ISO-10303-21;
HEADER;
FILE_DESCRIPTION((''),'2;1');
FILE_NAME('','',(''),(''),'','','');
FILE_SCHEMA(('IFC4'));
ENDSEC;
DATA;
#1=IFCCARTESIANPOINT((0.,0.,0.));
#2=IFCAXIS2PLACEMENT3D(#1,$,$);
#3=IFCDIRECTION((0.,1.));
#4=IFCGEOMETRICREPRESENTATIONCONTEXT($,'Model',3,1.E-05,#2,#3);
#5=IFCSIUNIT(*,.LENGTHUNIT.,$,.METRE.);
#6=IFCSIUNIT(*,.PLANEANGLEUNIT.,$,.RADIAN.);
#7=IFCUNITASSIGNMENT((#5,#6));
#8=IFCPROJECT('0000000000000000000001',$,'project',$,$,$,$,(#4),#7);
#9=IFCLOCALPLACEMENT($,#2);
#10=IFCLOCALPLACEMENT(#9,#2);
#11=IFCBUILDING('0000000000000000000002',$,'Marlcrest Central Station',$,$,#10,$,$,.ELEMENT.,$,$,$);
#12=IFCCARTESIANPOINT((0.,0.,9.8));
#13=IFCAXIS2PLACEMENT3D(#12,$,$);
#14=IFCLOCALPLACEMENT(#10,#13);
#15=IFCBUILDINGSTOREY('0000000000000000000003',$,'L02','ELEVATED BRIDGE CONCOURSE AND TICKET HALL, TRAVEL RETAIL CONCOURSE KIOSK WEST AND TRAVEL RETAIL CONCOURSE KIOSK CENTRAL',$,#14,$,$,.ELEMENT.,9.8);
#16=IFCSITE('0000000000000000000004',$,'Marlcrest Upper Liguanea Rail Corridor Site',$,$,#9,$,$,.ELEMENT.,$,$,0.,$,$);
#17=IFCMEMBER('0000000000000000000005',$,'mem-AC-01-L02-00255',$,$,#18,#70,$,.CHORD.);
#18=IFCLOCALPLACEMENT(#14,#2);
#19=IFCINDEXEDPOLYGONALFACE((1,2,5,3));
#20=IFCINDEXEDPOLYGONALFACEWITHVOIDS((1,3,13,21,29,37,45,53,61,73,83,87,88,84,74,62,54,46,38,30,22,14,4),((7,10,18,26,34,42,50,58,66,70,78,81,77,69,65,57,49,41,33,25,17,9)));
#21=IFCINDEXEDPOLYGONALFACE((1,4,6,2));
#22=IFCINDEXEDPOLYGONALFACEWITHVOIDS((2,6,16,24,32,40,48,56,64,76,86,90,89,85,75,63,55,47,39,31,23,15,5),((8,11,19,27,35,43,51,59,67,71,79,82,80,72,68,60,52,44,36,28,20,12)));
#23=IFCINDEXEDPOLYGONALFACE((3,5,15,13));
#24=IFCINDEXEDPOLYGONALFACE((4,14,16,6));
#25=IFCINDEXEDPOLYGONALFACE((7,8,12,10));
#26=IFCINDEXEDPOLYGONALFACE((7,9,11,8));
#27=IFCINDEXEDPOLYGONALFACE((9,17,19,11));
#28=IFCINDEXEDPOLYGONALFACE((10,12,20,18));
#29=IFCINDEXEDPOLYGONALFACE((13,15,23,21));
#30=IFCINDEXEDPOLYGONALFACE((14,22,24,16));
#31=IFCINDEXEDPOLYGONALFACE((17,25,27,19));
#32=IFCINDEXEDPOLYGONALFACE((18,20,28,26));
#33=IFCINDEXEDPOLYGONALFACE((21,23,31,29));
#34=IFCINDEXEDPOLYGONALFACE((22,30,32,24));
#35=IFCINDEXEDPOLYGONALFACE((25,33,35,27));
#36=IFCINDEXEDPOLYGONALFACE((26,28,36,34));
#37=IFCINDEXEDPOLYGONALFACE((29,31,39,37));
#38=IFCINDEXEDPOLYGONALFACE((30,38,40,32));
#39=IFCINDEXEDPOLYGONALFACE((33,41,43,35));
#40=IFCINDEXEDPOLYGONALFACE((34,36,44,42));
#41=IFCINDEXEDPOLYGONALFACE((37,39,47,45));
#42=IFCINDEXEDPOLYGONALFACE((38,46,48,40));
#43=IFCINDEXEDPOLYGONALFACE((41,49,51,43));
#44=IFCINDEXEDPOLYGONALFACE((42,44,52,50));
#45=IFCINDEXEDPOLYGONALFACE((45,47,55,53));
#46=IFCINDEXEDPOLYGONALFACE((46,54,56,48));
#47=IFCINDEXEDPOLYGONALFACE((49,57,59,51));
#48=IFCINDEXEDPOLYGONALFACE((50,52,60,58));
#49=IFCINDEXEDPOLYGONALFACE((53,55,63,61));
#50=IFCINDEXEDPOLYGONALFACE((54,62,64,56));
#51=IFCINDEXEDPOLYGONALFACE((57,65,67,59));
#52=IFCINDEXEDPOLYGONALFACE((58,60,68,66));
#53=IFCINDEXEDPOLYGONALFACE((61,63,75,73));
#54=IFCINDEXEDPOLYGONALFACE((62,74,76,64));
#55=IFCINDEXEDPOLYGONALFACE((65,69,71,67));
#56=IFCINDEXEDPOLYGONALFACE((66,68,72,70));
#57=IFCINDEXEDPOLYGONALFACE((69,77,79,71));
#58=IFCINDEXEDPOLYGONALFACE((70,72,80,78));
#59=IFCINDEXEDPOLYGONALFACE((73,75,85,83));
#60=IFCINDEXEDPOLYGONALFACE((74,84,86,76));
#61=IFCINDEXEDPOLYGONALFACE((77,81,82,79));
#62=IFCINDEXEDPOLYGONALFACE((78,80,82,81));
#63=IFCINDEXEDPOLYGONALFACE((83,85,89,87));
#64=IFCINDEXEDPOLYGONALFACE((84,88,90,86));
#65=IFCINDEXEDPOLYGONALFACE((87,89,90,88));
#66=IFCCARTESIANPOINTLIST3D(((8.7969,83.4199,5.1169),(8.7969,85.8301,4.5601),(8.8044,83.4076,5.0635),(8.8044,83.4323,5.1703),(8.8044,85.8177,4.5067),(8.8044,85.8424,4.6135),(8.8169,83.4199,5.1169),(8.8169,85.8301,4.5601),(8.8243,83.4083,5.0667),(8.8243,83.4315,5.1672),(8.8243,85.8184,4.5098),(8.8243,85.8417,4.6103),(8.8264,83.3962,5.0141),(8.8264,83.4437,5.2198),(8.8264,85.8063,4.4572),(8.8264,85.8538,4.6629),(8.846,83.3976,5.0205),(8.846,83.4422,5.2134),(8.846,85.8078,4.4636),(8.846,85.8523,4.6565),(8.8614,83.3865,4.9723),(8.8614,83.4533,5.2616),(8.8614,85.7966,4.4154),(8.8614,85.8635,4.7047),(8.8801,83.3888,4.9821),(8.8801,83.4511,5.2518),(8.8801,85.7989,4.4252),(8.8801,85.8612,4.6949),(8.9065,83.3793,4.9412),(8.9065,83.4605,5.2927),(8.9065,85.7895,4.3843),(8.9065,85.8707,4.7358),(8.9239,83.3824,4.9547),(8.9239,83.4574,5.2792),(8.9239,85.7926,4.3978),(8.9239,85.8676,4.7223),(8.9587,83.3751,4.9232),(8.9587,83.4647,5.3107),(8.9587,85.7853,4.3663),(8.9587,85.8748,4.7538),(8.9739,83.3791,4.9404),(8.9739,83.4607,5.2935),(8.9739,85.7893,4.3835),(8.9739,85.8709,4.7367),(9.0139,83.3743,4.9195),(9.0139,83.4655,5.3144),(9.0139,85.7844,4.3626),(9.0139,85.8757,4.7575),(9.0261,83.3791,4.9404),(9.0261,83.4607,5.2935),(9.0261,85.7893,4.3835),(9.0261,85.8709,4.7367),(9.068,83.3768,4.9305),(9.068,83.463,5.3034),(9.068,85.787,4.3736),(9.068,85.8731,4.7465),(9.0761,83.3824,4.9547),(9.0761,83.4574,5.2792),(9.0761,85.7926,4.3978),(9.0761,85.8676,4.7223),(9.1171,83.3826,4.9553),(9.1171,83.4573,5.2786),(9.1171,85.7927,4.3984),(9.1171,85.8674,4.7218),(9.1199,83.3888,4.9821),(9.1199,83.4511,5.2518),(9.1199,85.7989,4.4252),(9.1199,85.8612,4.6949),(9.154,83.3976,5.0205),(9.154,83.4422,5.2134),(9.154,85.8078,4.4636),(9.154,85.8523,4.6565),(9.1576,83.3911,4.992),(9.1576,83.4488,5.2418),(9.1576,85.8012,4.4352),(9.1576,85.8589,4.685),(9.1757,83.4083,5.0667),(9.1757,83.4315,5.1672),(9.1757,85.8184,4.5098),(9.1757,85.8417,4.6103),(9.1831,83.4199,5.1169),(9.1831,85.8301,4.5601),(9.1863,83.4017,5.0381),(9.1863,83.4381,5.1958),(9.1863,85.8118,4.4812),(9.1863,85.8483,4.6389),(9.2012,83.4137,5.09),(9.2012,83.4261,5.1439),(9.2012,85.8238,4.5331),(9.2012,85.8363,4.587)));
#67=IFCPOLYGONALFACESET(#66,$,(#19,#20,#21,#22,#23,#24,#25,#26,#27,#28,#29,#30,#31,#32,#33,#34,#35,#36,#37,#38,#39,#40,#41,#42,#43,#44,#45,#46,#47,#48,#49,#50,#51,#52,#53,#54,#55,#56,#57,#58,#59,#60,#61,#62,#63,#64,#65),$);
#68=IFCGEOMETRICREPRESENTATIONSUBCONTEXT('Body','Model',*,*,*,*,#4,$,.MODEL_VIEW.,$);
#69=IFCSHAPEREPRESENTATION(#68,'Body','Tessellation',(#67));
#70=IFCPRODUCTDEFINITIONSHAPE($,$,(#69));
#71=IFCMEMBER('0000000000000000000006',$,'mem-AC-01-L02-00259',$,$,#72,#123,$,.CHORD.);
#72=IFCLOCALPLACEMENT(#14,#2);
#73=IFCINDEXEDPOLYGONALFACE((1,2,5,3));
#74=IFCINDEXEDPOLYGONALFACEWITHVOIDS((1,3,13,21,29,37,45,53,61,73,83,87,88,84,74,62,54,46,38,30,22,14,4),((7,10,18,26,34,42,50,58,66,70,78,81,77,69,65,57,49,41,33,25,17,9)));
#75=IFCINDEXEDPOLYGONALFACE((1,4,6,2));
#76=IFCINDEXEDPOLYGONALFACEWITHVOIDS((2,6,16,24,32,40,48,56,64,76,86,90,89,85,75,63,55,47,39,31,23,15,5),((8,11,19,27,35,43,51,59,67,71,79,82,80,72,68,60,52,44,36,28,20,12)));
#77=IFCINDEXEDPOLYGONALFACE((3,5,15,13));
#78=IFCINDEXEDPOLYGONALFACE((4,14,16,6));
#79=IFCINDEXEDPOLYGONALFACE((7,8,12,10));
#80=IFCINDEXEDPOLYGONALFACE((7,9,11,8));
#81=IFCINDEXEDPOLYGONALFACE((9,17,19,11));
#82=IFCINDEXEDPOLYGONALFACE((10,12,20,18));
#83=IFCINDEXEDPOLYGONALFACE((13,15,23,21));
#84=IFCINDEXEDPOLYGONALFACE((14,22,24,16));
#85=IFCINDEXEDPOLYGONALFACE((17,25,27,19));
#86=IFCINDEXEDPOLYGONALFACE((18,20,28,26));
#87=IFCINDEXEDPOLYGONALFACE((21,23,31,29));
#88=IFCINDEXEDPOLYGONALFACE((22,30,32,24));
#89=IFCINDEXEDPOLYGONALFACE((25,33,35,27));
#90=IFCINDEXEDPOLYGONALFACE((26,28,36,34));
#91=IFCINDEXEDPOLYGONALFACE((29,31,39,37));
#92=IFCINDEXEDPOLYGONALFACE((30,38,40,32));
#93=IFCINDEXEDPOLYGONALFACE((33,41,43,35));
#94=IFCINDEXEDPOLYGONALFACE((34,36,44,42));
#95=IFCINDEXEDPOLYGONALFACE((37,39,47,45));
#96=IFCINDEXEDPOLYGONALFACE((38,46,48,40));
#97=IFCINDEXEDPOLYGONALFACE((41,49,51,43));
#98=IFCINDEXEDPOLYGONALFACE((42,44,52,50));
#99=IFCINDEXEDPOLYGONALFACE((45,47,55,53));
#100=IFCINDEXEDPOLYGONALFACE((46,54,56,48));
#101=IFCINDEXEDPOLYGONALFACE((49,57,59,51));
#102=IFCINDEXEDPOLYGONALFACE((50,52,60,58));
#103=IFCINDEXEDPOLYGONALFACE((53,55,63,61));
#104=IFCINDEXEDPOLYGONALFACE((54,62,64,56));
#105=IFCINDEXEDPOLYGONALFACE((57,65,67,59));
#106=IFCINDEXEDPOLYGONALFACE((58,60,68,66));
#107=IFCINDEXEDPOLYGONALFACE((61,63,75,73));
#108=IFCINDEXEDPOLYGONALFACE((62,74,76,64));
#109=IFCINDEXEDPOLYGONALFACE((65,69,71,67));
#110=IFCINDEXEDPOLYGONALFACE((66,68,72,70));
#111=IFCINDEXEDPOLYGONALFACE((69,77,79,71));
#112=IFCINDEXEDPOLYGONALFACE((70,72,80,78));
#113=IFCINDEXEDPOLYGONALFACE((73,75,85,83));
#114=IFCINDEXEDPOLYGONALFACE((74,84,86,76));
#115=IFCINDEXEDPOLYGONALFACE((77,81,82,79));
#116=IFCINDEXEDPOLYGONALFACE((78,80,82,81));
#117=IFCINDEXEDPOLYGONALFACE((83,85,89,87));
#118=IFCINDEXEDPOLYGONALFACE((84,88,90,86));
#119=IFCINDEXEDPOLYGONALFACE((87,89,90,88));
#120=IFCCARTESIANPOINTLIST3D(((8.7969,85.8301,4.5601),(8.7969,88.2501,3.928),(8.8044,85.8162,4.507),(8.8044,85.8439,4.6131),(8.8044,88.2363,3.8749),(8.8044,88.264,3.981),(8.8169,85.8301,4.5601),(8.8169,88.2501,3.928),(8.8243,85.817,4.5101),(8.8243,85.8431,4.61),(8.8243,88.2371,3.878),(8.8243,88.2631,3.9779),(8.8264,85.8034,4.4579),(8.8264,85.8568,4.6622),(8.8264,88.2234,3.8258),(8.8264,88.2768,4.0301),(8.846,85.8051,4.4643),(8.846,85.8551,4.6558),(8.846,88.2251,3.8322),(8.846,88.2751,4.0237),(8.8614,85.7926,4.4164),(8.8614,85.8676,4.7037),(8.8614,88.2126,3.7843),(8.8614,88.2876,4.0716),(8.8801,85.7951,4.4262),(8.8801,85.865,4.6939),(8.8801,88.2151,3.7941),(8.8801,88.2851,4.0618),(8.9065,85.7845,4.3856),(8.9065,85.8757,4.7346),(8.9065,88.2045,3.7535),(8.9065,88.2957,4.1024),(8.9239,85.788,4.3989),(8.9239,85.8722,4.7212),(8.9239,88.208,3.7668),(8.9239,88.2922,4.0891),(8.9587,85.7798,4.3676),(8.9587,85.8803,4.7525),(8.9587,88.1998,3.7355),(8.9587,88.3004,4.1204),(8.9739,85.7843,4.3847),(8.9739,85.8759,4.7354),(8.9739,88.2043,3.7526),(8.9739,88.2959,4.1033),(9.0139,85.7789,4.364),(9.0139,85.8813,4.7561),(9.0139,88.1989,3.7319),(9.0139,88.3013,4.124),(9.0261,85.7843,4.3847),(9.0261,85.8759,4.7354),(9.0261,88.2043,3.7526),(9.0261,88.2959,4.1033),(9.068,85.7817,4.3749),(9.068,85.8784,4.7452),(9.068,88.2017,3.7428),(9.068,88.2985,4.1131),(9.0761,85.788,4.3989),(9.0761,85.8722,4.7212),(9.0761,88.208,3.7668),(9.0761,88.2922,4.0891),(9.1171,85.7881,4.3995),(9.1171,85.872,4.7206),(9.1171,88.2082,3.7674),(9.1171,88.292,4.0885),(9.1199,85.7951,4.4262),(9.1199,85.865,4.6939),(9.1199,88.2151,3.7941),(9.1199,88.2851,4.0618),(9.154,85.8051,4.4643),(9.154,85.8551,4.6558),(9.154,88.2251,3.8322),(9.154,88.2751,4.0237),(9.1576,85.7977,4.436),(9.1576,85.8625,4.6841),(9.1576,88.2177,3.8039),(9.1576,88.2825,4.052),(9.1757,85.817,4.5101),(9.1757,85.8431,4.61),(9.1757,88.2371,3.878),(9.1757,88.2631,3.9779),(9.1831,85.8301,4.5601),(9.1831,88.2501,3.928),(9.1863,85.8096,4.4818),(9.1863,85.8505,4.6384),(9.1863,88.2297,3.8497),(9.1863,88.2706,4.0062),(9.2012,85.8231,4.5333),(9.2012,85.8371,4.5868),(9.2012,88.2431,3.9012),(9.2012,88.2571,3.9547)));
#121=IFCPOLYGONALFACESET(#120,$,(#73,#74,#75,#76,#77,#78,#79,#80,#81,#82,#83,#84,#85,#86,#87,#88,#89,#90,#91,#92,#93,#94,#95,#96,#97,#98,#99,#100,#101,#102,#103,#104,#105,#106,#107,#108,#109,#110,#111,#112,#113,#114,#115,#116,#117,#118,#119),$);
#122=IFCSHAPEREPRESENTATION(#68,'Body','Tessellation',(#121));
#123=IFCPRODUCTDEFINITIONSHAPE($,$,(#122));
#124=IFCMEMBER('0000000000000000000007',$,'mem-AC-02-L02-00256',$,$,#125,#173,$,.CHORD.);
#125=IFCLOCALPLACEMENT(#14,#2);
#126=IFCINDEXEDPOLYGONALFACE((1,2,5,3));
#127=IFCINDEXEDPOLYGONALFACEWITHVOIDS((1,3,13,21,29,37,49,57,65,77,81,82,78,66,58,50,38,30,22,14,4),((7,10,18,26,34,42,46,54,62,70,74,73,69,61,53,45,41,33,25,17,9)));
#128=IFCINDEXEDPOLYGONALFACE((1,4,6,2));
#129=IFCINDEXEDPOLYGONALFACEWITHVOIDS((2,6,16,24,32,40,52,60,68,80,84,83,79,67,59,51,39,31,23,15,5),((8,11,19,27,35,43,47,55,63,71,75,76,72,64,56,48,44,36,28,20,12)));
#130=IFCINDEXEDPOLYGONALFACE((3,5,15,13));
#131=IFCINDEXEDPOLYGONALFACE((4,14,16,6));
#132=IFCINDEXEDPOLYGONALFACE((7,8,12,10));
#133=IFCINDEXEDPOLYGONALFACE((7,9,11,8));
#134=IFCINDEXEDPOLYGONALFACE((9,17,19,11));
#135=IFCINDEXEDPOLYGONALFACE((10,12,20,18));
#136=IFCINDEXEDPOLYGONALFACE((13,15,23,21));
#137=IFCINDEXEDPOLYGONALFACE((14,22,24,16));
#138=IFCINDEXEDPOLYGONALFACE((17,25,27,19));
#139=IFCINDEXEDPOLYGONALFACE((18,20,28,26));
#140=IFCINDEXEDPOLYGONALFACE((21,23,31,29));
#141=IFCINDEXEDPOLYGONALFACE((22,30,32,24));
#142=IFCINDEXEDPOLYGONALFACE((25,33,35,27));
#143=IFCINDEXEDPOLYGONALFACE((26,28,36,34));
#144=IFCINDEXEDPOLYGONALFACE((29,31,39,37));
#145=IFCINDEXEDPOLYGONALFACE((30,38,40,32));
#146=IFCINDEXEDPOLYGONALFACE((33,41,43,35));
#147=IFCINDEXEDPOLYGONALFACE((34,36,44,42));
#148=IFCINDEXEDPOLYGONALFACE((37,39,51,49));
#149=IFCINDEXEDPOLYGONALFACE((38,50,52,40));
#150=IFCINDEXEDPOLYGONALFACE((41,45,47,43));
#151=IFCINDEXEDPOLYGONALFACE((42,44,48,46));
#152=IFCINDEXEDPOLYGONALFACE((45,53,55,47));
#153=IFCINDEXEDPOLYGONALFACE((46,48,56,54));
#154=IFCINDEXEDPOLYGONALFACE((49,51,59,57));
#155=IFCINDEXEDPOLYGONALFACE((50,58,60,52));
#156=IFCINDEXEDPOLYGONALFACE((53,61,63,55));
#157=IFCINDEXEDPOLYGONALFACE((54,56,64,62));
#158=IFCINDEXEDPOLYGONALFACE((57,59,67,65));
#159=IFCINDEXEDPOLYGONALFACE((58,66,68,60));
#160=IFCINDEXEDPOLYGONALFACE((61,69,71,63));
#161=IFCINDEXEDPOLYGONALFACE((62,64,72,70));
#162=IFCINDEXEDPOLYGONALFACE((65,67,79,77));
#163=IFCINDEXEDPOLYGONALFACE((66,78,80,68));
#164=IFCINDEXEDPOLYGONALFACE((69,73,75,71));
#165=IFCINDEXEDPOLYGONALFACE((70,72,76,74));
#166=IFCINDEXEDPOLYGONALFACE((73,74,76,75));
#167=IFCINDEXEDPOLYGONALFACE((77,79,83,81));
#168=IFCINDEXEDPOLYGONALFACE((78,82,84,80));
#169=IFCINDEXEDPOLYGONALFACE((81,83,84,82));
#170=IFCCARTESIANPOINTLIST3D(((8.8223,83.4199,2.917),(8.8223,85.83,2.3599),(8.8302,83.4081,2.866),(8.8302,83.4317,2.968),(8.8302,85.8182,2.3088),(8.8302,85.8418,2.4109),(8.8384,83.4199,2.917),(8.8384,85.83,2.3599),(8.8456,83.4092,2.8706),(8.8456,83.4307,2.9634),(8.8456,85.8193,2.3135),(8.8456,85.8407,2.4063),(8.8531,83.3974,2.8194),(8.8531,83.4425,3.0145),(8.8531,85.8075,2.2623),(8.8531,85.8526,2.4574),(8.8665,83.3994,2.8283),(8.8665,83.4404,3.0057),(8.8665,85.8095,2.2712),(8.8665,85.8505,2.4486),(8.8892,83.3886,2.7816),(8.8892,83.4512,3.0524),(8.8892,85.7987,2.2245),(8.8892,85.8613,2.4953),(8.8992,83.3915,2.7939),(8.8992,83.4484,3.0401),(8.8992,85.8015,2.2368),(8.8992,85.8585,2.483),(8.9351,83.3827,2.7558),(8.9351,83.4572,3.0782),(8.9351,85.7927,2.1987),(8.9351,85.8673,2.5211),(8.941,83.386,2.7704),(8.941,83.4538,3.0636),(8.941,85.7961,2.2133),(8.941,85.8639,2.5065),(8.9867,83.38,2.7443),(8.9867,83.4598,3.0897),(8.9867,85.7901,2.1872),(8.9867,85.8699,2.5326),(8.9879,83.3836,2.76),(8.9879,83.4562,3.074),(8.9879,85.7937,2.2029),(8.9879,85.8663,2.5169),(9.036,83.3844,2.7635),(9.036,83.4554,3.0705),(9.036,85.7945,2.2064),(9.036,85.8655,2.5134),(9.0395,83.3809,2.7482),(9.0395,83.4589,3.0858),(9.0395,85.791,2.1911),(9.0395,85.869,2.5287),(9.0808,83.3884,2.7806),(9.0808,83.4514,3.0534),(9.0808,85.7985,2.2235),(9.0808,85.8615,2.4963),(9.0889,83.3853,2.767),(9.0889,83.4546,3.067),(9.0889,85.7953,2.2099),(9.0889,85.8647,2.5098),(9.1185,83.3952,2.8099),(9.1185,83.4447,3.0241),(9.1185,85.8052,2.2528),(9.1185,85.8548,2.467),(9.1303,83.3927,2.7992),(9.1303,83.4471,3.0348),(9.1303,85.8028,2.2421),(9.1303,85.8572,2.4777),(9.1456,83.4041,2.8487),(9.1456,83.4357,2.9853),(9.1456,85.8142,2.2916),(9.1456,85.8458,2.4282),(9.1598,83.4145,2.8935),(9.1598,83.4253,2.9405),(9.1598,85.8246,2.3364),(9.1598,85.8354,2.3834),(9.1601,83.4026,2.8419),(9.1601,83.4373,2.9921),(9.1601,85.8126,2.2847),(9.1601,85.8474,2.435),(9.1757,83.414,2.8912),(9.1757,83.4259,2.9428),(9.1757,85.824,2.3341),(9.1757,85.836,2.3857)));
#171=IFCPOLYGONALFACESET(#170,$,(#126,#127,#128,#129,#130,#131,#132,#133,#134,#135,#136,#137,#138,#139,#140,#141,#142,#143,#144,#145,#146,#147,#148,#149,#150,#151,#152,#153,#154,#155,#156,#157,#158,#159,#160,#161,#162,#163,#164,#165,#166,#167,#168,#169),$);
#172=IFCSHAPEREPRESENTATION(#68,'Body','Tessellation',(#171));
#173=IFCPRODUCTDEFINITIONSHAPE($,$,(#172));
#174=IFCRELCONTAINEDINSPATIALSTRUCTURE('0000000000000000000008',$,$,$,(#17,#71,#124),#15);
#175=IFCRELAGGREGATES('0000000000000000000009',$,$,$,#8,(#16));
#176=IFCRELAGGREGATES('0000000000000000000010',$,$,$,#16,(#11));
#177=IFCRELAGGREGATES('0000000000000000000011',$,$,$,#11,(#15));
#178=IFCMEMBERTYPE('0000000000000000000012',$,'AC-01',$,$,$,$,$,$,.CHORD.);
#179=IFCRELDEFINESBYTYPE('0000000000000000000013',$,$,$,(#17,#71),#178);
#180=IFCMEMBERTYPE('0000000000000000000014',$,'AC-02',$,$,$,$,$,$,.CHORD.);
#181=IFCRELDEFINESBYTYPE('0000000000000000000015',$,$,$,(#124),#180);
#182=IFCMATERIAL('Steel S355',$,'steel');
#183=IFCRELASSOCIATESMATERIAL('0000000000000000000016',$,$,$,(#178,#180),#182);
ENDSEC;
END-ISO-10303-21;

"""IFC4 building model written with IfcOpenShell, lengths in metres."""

from ifc_helpers import new_model, si_unit, direction, frame, origin, origin_2d, place, context, subcontext, project, spatial, hollow_circle, extrude, material, material_profile, profile_set, type_object, element, save


model = new_model("IFC4")

# Units and contexts
model_context = context("Model", 3, precision=1e-05, world=origin(), true_north=direction((0.0, 1.0)))
body_context = subcontext(model_context, "Body", "Model", "MODEL_VIEW")
ifc_project = project(units=[si_unit("LENGTHUNIT", "METRE"), si_unit("PLANEANGLEUNIT", "RADIAN")], contexts=[model_context])

# Site, building, storey
site_placement = place(None, origin())
site = spatial("IfcSite", under=ifc_project, at=site_placement, Name="Marlcrest Upper Liguanea Rail Corridor Site", CompositionType="ELEMENT", RefElevation=0.0)
building_placement = place(site_placement, origin())
building = spatial("IfcBuilding", under=site, at=building_placement, Name="Marlcrest Central Station", CompositionType="ELEMENT")
storey_placement = place(building_placement, frame((0.0, 0.0, 9.8)))
storey = spatial("IfcBuildingStorey", under=building, at=storey_placement, Name="L02", Description="ELEVATED BRIDGE CONCOURSE AND TICKET HALL, TRAVEL RETAIL CONCOURSE KIOSK WEST AND TRAVEL RETAIL CONCOURSE KIOSK CENTRAL", CompositionType="ELEMENT", Elevation=9.8)

# Members
ifc_material_1 = material(Name="Steel S355", Category="steel")
ifc_material_profile_1 = material_profile(ifc_material_1, hollow_circle(Radius=0.2031, WallThickness=0.02, at=origin_2d()), Name="CHS 406.4x20")
ifc_profile_set_1 = profile_set([ifc_material_profile_1], Name="Steel S355")
member_type_1 = type_object("IfcMemberType", Name="AC-01", PredefinedType="CHORD", material=ifc_profile_set_1)
member_1_placement = place(storey_placement, frame((9.0, 83.4199, 5.1169), z_axis=(0.0, 0.97433, -0.225126), x_axis=(-1.0, 0.0, 0.0)))
element("IfcMember", 1, at=member_1_placement, inside=storey, type_object=member_type_1, Name="mem-AC-01-L02-00255", PredefinedType="CHORD", context=body_context, shape_type="SweptSolid", body=[
    extrude(hollow_circle(Radius=0.2031, WallThickness=0.02, at=origin_2d()), origin(), (0.0, 0.0, 1.0), 2.4736),
])
member_2_placement = place(storey_placement, frame((9.0, 85.8301, 4.5601), z_axis=(0.0, 0.967539, -0.25272), x_axis=(-1.0, 0.0, 0.0)))
element("IfcMember", 2, at=member_2_placement, inside=storey, type_object=member_type_1, Name="mem-AC-01-L02-00259", PredefinedType="CHORD", context=body_context, shape_type="SweptSolid", body=[
    extrude(hollow_circle(Radius=0.2031, WallThickness=0.02, at=origin_2d()), origin(), (0.0, 0.0, 1.0), 2.5012),
])
ifc_material_profile_2 = material_profile(ifc_material_1, hollow_circle(Radius=0.1777, WallThickness=0.0161, at=origin_2d()), Name="CHS 355.6x16")
ifc_profile_set_2 = profile_set([ifc_material_profile_2], Name="Steel S355")
member_type_2 = type_object("IfcMemberType", Name="AC-02", PredefinedType="CHORD", material=ifc_profile_set_2)
member_3_placement = place(storey_placement, frame((9.0, 83.4199, 2.917), z_axis=(0.0, 0.974308, -0.22522), x_axis=(-1.0, 0.0, 0.0)))
element("IfcMember", 3, at=member_3_placement, inside=storey, type_object=member_type_2, Name="mem-AC-02-L02-00256", PredefinedType="CHORD", context=body_context, shape_type="SweptSolid", body=[
    extrude(hollow_circle(Radius=0.1777, WallThickness=0.0161, at=origin_2d()), origin(), (0.0, 0.0, 1.0), 2.4736),
])

save(model, "model.ifc")
